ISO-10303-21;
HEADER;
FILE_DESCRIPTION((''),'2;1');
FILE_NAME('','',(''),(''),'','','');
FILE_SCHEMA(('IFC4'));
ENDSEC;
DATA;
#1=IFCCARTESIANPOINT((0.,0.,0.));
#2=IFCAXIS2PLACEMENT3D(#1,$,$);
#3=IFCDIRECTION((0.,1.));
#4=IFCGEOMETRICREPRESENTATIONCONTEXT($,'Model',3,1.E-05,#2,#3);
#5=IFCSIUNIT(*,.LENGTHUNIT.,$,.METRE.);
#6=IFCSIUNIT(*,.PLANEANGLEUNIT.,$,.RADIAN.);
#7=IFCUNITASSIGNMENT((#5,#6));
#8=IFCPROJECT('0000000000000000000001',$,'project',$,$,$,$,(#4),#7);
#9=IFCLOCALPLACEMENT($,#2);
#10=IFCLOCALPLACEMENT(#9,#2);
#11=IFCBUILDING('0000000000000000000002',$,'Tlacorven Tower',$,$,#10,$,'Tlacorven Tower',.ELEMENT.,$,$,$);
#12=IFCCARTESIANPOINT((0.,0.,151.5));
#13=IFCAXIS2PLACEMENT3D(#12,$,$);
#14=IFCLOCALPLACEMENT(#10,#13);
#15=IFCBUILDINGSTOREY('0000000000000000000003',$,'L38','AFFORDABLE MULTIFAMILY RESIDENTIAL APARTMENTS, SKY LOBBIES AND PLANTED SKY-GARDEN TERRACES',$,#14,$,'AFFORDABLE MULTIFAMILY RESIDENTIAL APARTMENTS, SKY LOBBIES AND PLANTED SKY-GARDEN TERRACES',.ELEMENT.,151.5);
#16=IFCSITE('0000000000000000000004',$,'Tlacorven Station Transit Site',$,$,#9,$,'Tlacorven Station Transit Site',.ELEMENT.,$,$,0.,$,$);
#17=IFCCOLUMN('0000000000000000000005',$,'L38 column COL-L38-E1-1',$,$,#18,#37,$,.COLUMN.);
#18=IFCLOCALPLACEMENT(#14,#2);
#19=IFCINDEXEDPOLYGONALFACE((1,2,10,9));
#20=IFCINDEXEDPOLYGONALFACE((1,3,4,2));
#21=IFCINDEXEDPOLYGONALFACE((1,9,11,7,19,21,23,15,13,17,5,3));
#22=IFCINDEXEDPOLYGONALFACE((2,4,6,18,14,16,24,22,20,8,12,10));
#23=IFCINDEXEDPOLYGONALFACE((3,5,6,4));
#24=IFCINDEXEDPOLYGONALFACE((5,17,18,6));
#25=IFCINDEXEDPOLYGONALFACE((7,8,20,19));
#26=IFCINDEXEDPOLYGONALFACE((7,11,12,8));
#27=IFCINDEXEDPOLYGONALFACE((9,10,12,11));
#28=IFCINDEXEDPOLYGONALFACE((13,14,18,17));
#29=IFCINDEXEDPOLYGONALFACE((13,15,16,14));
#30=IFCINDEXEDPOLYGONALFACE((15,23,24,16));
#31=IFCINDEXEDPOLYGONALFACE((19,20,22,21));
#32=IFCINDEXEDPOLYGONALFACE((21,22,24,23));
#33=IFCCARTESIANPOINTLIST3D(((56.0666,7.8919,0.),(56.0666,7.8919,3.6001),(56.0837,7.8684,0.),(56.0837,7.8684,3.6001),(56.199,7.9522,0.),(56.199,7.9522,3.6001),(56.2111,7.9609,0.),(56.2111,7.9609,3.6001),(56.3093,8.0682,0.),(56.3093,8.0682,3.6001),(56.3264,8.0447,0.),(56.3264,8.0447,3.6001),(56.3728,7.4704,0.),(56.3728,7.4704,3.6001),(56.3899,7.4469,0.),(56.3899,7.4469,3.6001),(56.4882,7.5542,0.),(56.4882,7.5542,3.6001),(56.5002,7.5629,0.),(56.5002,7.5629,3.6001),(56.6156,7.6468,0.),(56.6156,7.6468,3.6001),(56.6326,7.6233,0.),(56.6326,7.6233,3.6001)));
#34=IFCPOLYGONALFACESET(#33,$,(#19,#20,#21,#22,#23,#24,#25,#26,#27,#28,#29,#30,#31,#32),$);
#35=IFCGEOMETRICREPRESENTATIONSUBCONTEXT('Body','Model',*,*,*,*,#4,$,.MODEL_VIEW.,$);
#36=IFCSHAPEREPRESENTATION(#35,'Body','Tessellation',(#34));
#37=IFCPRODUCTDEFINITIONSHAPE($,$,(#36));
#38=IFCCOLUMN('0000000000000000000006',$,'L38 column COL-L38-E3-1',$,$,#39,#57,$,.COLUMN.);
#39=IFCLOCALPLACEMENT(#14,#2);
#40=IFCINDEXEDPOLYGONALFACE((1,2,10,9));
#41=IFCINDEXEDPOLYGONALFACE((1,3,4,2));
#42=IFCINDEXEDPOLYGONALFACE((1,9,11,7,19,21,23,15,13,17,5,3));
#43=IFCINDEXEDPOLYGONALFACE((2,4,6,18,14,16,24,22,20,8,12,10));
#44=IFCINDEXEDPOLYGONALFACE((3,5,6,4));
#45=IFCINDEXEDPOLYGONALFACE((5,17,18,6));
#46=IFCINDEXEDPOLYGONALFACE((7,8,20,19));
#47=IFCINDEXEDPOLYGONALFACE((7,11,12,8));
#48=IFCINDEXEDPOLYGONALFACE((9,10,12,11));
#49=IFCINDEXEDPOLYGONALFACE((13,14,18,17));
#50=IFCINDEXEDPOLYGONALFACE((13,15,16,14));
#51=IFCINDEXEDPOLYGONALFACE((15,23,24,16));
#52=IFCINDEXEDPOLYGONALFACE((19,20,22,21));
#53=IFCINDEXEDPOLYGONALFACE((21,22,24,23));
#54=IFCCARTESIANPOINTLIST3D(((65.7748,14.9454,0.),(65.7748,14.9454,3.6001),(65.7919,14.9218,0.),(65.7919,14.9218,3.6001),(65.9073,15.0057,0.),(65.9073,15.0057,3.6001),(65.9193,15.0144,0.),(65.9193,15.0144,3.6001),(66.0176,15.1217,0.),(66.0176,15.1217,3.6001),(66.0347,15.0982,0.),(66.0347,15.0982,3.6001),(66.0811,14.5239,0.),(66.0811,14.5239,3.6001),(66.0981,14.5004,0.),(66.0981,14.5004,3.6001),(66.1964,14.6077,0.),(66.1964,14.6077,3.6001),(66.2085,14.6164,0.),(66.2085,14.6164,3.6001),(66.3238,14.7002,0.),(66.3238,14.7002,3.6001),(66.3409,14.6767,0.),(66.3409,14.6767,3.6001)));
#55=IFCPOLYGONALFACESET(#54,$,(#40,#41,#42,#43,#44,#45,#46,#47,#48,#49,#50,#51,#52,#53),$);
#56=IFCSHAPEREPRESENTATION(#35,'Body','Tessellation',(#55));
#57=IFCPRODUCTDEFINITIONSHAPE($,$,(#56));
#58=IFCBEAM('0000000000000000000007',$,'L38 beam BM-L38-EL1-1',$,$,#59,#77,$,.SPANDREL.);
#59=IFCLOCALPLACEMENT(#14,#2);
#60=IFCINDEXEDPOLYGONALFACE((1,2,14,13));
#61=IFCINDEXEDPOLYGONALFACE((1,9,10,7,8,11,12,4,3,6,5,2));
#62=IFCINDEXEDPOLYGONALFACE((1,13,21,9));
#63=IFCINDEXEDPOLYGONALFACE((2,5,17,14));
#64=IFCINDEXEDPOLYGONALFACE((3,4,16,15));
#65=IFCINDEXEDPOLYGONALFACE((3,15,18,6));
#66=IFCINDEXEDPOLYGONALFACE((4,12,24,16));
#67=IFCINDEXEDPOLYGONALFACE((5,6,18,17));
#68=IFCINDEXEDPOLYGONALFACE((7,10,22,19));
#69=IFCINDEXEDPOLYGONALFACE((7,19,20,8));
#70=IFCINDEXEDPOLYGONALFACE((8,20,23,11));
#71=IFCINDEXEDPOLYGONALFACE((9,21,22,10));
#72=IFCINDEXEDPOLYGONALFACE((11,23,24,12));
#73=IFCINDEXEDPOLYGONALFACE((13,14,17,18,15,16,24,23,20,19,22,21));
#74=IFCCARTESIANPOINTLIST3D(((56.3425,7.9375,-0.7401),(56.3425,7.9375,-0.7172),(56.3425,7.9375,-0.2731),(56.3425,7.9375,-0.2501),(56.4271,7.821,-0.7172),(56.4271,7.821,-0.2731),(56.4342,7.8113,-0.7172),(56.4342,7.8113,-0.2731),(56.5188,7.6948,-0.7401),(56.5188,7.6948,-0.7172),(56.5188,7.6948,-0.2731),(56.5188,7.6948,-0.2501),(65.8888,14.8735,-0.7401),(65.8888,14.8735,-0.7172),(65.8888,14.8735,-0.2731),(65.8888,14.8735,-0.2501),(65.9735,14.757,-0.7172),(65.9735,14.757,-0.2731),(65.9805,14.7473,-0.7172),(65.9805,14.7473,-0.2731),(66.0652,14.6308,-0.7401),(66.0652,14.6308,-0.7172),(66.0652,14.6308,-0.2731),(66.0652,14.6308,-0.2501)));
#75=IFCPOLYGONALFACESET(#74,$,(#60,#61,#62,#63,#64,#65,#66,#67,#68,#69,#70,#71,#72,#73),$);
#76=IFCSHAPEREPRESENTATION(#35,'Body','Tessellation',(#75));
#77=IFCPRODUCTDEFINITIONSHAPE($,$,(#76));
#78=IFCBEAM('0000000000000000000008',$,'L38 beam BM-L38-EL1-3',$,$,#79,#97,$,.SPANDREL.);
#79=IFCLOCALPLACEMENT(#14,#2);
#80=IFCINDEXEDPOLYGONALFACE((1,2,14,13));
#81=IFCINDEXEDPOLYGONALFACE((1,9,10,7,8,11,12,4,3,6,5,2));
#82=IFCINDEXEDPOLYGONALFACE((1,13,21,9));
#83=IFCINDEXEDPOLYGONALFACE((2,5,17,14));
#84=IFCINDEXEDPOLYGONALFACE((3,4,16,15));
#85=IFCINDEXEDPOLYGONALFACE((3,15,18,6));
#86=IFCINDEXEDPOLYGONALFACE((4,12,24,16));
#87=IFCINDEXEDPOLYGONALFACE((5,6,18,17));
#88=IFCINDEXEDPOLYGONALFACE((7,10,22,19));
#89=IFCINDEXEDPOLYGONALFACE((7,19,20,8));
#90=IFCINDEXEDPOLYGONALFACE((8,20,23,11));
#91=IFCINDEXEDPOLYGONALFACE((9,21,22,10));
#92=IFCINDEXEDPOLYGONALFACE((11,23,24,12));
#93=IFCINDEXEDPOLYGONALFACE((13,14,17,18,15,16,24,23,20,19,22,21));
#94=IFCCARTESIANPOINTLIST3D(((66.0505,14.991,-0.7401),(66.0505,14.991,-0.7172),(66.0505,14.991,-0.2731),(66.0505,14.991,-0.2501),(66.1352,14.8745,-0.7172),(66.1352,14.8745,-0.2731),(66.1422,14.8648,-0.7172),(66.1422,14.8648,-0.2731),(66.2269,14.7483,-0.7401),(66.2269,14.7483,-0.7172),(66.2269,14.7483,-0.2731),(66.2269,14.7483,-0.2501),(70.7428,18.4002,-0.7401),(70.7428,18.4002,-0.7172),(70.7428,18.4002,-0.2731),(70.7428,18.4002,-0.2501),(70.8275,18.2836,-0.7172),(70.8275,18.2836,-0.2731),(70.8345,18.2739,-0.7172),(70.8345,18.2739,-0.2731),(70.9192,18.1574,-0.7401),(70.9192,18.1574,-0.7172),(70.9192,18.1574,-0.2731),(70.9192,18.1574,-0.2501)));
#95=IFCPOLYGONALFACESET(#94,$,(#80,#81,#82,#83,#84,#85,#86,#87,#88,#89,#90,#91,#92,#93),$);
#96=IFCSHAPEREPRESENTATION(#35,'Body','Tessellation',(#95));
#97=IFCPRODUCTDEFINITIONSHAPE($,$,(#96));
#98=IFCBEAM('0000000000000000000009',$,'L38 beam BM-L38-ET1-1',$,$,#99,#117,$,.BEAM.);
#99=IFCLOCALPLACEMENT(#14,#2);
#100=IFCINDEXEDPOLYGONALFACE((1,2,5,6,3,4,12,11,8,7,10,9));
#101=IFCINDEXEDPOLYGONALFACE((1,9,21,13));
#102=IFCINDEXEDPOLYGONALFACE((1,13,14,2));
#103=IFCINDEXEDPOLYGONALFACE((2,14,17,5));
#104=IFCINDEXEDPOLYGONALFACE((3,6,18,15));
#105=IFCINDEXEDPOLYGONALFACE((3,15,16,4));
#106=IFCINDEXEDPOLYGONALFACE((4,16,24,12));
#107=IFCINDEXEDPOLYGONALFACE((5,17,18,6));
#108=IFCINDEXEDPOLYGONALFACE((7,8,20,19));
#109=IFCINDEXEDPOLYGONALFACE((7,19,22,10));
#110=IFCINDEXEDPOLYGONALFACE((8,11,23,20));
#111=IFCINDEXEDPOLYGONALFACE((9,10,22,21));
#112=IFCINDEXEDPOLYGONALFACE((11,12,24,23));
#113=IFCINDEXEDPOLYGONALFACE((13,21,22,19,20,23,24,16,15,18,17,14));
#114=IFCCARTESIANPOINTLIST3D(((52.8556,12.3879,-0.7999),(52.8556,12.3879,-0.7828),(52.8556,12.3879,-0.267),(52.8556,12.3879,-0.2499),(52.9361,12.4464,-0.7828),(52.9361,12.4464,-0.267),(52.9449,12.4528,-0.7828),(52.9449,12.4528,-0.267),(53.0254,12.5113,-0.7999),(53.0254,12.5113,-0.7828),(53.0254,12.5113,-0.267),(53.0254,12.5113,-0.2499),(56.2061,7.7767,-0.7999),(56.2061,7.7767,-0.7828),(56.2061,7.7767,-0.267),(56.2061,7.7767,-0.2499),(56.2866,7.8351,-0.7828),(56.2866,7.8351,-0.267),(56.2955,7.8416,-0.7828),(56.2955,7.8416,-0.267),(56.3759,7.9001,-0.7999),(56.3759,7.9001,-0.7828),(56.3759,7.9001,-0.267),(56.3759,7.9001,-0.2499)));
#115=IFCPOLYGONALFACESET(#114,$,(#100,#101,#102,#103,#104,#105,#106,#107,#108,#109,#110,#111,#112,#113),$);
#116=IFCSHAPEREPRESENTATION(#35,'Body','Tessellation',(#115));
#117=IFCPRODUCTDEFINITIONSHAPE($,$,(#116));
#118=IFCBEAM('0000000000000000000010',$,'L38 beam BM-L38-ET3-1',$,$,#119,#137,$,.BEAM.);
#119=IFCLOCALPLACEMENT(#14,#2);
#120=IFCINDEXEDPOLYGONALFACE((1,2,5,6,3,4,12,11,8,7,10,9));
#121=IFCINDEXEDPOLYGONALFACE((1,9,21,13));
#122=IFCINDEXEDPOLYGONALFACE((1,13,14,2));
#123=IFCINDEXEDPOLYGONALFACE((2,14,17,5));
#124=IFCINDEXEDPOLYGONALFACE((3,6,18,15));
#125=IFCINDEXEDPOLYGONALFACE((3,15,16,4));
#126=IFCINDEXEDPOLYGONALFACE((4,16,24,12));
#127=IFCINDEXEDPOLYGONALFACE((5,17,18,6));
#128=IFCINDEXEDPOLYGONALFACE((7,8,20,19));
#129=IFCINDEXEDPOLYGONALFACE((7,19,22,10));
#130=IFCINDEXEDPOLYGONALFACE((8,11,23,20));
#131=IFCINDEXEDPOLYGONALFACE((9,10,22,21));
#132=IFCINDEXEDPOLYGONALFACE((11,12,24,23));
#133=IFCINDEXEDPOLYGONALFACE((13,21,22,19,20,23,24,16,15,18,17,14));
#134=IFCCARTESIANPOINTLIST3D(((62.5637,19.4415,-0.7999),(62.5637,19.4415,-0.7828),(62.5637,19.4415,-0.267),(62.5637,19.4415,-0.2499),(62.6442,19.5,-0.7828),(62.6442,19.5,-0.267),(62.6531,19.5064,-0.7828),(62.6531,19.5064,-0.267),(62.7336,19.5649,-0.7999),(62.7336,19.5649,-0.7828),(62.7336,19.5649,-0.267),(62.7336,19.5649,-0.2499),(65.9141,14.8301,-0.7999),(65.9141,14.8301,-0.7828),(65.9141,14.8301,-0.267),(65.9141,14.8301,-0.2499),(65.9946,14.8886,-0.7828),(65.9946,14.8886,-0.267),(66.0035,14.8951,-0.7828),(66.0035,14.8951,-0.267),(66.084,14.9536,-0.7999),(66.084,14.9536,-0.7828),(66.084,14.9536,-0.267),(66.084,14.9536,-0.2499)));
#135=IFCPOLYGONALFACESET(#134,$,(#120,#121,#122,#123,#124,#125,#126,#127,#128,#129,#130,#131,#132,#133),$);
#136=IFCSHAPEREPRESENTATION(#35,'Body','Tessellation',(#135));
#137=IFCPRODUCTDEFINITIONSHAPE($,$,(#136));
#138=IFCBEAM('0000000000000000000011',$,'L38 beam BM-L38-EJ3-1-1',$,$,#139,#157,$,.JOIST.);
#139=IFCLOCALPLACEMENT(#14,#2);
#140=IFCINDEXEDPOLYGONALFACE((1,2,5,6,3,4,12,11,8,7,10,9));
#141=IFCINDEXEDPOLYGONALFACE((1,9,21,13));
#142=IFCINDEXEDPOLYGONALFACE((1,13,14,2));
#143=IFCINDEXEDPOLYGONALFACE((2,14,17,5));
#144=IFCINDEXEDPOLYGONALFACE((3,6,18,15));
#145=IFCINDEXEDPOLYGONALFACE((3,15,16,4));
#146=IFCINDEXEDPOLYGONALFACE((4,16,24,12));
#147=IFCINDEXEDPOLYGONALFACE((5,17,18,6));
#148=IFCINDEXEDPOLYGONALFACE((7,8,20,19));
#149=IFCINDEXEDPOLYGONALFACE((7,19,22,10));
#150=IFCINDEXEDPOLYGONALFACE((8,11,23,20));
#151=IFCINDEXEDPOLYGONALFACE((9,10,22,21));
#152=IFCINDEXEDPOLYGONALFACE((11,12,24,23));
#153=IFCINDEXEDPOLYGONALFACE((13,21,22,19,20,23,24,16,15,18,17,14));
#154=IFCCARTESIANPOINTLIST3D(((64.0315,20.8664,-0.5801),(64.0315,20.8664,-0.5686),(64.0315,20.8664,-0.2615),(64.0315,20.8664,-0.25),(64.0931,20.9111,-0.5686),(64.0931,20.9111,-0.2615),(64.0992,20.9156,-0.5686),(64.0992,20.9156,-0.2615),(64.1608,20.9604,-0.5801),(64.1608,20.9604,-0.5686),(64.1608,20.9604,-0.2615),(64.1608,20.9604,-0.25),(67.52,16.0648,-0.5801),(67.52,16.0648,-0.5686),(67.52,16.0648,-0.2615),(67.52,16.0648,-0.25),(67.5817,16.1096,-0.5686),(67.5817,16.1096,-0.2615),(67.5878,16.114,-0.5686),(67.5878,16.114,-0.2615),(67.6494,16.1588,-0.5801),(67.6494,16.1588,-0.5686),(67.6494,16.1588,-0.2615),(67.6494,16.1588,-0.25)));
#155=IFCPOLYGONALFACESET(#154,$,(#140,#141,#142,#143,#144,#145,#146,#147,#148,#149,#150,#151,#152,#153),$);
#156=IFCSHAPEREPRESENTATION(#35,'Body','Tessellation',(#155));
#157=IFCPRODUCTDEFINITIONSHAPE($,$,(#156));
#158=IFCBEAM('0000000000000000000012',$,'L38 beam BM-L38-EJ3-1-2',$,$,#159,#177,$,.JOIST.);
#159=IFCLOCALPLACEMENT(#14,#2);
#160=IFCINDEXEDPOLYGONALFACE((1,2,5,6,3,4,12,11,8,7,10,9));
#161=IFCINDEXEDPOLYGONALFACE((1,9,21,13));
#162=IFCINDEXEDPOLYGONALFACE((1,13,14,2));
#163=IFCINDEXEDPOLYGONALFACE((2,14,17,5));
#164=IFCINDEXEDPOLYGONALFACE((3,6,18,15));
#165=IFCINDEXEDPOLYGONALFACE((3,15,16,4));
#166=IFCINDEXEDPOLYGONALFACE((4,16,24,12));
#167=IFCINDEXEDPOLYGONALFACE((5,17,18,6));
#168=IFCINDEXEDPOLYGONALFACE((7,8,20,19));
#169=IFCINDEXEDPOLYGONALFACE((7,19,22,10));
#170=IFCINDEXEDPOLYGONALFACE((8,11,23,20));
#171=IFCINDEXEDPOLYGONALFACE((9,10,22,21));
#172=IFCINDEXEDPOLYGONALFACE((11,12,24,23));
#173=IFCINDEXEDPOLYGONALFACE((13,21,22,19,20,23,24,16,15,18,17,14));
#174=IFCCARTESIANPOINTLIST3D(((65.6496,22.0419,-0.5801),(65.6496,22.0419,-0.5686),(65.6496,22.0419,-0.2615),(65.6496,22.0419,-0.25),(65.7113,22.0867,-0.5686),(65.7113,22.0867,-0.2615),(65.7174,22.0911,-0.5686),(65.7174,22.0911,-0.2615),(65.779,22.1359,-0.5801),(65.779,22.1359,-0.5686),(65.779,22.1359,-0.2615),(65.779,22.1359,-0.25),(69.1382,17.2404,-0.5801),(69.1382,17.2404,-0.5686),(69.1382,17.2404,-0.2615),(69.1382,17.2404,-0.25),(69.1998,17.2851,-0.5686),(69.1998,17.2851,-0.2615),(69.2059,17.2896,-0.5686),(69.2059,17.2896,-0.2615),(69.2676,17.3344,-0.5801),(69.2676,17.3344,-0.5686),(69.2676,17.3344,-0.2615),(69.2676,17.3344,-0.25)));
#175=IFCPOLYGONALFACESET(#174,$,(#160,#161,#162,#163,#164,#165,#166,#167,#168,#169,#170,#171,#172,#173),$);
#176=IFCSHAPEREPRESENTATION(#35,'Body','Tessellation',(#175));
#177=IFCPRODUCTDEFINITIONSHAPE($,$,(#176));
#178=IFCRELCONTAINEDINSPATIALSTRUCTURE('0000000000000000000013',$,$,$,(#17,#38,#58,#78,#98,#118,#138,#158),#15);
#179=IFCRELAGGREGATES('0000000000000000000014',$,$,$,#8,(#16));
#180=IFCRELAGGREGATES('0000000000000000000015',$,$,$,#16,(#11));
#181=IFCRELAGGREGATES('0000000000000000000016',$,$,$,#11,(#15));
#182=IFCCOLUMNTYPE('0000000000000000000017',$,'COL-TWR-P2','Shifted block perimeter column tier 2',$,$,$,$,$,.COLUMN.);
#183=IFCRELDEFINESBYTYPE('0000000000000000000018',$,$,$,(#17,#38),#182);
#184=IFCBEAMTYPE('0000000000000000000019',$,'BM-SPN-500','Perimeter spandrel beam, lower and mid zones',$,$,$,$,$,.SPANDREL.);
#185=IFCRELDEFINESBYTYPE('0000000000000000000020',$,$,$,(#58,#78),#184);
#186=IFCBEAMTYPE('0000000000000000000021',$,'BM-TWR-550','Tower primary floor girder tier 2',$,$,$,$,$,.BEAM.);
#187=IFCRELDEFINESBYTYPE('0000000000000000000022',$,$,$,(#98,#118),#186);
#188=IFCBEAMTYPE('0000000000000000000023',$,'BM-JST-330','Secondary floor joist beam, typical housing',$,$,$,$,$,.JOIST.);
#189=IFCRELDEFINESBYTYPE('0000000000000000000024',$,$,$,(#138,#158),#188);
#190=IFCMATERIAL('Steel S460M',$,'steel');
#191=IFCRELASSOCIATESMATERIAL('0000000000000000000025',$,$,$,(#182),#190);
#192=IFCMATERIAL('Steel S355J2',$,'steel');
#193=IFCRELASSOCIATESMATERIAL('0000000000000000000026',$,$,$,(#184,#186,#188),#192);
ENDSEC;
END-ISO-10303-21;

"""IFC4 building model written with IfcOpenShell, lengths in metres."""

from ifc_helpers import new_model, si_unit, direction, frame, origin, origin_2d, place, context, subcontext, project, spatial, i_section, extrude, source, transform, mapped, material, material_profile, profile_set, type_object, element, save


model = new_model("IFC4")

# Units and contexts
model_context = context("Model", 3, precision=1e-05, world=origin(), true_north=direction((0.0, 1.0)))
body_context = subcontext(model_context, "Body", "Model", "MODEL_VIEW")
ifc_project = project(units=[si_unit("LENGTHUNIT", "METRE"), si_unit("PLANEANGLEUNIT", "RADIAN")], contexts=[model_context])

# Site, building, storey
site_placement = place(None, origin())
site = spatial("IfcSite", under=ifc_project, at=site_placement, Name="Tlacorven Station Transit Site", LongName="Tlacorven Station Transit Site", CompositionType="ELEMENT", RefElevation=0.0)
building_placement = place(site_placement, origin())
building = spatial("IfcBuilding", under=site, at=building_placement, Name="Tlacorven Tower", LongName="Tlacorven Tower", CompositionType="ELEMENT")
storey_placement = place(building_placement, frame((0.0, 0.0, 151.5)))
storey = spatial("IfcBuildingStorey", under=building, at=storey_placement, Name="L38", Description="AFFORDABLE MULTIFAMILY RESIDENTIAL APARTMENTS, SKY LOBBIES AND PLANTED SKY-GARDEN TERRACES", LongName="AFFORDABLE MULTIFAMILY RESIDENTIAL APARTMENTS, SKY LOBBIES AND PLANTED SKY-GARDEN TERRACES", CompositionType="ELEMENT", Elevation=151.5)

# Columns
ifc_material_1 = material(Name="Steel S460M", Category="steel")
ifc_material_profile_1 = material_profile(ifc_material_1, i_section(OverallWidth=0.3, OverallDepth=0.55, WebThickness=0.0149, FlangeThickness=0.0291, at=origin_2d()), Name="HEB 550")
ifc_profile_set_1 = profile_set([ifc_material_profile_1], Name="Steel S460M")
column_type = type_object("IfcColumnType", Name="COL-TWR-P2", Description="Shifted block perimeter column tier 2", PredefinedType="COLUMN", material=ifc_profile_set_1)
shared_shape_1 = source(origin(), body_context, "Body", "SweptSolid", [
    extrude(i_section(OverallWidth=0.3, OverallDepth=0.55, WebThickness=0.0149, FlangeThickness=0.0291, at=origin_2d()), origin(), (0.0, 0.0, 1.0), 3.6001),
])
for number, where, z_axis, x_axis, name in (
    (1, (56.3496, 7.7576, 0.0), (0.0, 0.0, 1.0), (0.809017, 0.587785, 0.0), "L38 column COL-L38-E1-1"),
    (2, (66.0579, 14.811, 0.0), (0.0, 0.0, 1.0), (0.809017, 0.587785, 0.0), "L38 column COL-L38-E3-1"),
):
    element("IfcColumn", number, at=place(storey_placement, frame(where, z_axis=z_axis, x_axis=x_axis)), inside=storey, type_object=column_type, Name=name, PredefinedType="COLUMN", context=body_context, shape_type="MappedRepresentation", body=[
        mapped(shared_shape_1, transform((0.0, 0.0, 0.0), scale=1.0)),
    ])

# Beams
ifc_material_2 = material(Name="Steel S355J2", Category="steel")
ifc_material_profile_2 = material_profile(ifc_material_2, i_section(OverallWidth=0.3, OverallDepth=0.49, WebThickness=0.012, FlangeThickness=0.0229, at=origin_2d()), Name="HEA 500")
ifc_profile_set_2 = profile_set([ifc_material_profile_2], Name="Steel S355J2")
beam_type_1 = type_object("IfcBeamType", Name="BM-SPN-500", Description="Perimeter spandrel beam, lower and mid zones", PredefinedType="SPANDREL", material=ifc_profile_set_2)
shared_shape_2 = source(origin(), body_context, "Body", "SweptSolid", [
    extrude(i_section(OverallWidth=0.3, OverallDepth=0.49, WebThickness=0.012, FlangeThickness=0.0229, at=origin_2d()), origin(), (0.0, 0.0, 1.0), 11.8),
])
beam_1_placement = place(storey_placement, frame((56.4307, 7.8162, -0.4951), z_axis=(0.80901, 0.587795, 0.0), x_axis=(-0.587795, 0.80901, 0.0)))
element("IfcBeam", 3, at=beam_1_placement, inside=storey, type_object=beam_type_1, Name="L38 beam BM-L38-EL1-1", PredefinedType="SPANDREL", context=body_context, shape_type="MappedRepresentation", body=[
    mapped(shared_shape_2, transform((0.0, 0.0, 0.0), scale=1.0)),
])
shared_shape_3 = source(origin(), body_context, "Body", "SweptSolid", [
    extrude(i_section(OverallWidth=0.3, OverallDepth=0.49, WebThickness=0.012, FlangeThickness=0.0229, at=origin_2d()), origin(), (0.0, 0.0, 1.0), 5.8),
])
beam_2_placement = place(storey_placement, frame((66.1387, 14.8696, -0.4951), z_axis=(0.80902, 0.587781, 0.0), x_axis=(-0.587781, 0.80902, 0.0)))
element("IfcBeam", 4, at=beam_2_placement, inside=storey, type_object=beam_type_1, Name="L38 beam BM-L38-EL1-3", PredefinedType="SPANDREL", context=body_context, shape_type="MappedRepresentation", body=[
    mapped(shared_shape_3, transform((0.0, 0.0, 0.0), scale=1.0)),
])
ifc_material_profile_3 = material_profile(ifc_material_2, i_section(OverallWidth=0.21, OverallDepth=0.55, WebThickness=0.011, FlangeThickness=0.0171, at=origin_2d()), Name="IPE 550")
ifc_profile_set_3 = profile_set([ifc_material_profile_3], Name="Steel S355J2")
beam_type_2 = type_object("IfcBeamType", Name="BM-TWR-550", Description="Tower primary floor girder tier 2", PredefinedType="BEAM", material=ifc_profile_set_3)
shared_shape_4 = source(origin(), body_context, "Body", "SweptSolid", [
    extrude(i_section(OverallWidth=0.21, OverallDepth=0.55, WebThickness=0.011, FlangeThickness=0.0171, at=origin_2d()), origin(), (0.0, 0.0, 1.0), 5.7),
])
for number, where, z_axis, x_axis, name in (
    (5, (56.291, 7.8384, -0.5249), (-0.587815, 0.808995, 0.0), (-0.808995, -0.587815, 0.0), "L38 beam BM-L38-ET1-1"),
    (6, (65.999, 14.8918, -0.5249), (-0.587787, 0.809016, 0.0), (-0.809016, -0.587787, 0.0), "L38 beam BM-L38-ET3-1"),
):
    element("IfcBeam", number, at=place(storey_placement, frame(where, z_axis=z_axis, x_axis=x_axis)), inside=storey, type_object=beam_type_2, Name=name, PredefinedType="BEAM", context=body_context, shape_type="MappedRepresentation", body=[
        mapped(shared_shape_4, transform((0.0, 0.0, 0.0), scale=1.0)),
    ])
ifc_material_profile_4 = material_profile(ifc_material_2, i_section(OverallWidth=0.1599, OverallDepth=0.3301, WebThickness=0.0076, FlangeThickness=0.0115, at=origin_2d()), Name="IPE 330")
ifc_profile_set_4 = profile_set([ifc_material_profile_4], Name="Steel S355J2")
beam_type_3 = type_object("IfcBeamType", Name="BM-JST-330", Description="Secondary floor joist beam, typical housing", PredefinedType="JOIST", material=ifc_profile_set_4)
shared_shape_5 = source(origin(), body_context, "Body", "SweptSolid", [
    extrude(i_section(OverallWidth=0.1599, OverallDepth=0.3301, WebThickness=0.0076, FlangeThickness=0.0115, at=origin_2d()), origin(), (0.0, 0.0, 1.0), 5.9351),
])
for number, where, z_axis, x_axis, name in (
    (7, (67.5847, 16.1118, -0.415), (-0.587788, 0.809015, 0.0), (-0.809015, -0.587788, 0.0), "L38 beam BM-L38-EJ3-1-1"),
    (8, (69.2029, 17.2874, -0.415), (-0.587788, 0.809015, 0.0), (-0.809015, -0.587788, 0.0), "L38 beam BM-L38-EJ3-1-2"),
):
    element("IfcBeam", number, at=place(storey_placement, frame(where, z_axis=z_axis, x_axis=x_axis)), inside=storey, type_object=beam_type_3, Name=name, PredefinedType="JOIST", context=body_context, shape_type="MappedRepresentation", body=[
        mapped(shared_shape_5, transform((0.0, 0.0, 0.0), scale=1.0)),
    ])

save(model, "model.ifc")
